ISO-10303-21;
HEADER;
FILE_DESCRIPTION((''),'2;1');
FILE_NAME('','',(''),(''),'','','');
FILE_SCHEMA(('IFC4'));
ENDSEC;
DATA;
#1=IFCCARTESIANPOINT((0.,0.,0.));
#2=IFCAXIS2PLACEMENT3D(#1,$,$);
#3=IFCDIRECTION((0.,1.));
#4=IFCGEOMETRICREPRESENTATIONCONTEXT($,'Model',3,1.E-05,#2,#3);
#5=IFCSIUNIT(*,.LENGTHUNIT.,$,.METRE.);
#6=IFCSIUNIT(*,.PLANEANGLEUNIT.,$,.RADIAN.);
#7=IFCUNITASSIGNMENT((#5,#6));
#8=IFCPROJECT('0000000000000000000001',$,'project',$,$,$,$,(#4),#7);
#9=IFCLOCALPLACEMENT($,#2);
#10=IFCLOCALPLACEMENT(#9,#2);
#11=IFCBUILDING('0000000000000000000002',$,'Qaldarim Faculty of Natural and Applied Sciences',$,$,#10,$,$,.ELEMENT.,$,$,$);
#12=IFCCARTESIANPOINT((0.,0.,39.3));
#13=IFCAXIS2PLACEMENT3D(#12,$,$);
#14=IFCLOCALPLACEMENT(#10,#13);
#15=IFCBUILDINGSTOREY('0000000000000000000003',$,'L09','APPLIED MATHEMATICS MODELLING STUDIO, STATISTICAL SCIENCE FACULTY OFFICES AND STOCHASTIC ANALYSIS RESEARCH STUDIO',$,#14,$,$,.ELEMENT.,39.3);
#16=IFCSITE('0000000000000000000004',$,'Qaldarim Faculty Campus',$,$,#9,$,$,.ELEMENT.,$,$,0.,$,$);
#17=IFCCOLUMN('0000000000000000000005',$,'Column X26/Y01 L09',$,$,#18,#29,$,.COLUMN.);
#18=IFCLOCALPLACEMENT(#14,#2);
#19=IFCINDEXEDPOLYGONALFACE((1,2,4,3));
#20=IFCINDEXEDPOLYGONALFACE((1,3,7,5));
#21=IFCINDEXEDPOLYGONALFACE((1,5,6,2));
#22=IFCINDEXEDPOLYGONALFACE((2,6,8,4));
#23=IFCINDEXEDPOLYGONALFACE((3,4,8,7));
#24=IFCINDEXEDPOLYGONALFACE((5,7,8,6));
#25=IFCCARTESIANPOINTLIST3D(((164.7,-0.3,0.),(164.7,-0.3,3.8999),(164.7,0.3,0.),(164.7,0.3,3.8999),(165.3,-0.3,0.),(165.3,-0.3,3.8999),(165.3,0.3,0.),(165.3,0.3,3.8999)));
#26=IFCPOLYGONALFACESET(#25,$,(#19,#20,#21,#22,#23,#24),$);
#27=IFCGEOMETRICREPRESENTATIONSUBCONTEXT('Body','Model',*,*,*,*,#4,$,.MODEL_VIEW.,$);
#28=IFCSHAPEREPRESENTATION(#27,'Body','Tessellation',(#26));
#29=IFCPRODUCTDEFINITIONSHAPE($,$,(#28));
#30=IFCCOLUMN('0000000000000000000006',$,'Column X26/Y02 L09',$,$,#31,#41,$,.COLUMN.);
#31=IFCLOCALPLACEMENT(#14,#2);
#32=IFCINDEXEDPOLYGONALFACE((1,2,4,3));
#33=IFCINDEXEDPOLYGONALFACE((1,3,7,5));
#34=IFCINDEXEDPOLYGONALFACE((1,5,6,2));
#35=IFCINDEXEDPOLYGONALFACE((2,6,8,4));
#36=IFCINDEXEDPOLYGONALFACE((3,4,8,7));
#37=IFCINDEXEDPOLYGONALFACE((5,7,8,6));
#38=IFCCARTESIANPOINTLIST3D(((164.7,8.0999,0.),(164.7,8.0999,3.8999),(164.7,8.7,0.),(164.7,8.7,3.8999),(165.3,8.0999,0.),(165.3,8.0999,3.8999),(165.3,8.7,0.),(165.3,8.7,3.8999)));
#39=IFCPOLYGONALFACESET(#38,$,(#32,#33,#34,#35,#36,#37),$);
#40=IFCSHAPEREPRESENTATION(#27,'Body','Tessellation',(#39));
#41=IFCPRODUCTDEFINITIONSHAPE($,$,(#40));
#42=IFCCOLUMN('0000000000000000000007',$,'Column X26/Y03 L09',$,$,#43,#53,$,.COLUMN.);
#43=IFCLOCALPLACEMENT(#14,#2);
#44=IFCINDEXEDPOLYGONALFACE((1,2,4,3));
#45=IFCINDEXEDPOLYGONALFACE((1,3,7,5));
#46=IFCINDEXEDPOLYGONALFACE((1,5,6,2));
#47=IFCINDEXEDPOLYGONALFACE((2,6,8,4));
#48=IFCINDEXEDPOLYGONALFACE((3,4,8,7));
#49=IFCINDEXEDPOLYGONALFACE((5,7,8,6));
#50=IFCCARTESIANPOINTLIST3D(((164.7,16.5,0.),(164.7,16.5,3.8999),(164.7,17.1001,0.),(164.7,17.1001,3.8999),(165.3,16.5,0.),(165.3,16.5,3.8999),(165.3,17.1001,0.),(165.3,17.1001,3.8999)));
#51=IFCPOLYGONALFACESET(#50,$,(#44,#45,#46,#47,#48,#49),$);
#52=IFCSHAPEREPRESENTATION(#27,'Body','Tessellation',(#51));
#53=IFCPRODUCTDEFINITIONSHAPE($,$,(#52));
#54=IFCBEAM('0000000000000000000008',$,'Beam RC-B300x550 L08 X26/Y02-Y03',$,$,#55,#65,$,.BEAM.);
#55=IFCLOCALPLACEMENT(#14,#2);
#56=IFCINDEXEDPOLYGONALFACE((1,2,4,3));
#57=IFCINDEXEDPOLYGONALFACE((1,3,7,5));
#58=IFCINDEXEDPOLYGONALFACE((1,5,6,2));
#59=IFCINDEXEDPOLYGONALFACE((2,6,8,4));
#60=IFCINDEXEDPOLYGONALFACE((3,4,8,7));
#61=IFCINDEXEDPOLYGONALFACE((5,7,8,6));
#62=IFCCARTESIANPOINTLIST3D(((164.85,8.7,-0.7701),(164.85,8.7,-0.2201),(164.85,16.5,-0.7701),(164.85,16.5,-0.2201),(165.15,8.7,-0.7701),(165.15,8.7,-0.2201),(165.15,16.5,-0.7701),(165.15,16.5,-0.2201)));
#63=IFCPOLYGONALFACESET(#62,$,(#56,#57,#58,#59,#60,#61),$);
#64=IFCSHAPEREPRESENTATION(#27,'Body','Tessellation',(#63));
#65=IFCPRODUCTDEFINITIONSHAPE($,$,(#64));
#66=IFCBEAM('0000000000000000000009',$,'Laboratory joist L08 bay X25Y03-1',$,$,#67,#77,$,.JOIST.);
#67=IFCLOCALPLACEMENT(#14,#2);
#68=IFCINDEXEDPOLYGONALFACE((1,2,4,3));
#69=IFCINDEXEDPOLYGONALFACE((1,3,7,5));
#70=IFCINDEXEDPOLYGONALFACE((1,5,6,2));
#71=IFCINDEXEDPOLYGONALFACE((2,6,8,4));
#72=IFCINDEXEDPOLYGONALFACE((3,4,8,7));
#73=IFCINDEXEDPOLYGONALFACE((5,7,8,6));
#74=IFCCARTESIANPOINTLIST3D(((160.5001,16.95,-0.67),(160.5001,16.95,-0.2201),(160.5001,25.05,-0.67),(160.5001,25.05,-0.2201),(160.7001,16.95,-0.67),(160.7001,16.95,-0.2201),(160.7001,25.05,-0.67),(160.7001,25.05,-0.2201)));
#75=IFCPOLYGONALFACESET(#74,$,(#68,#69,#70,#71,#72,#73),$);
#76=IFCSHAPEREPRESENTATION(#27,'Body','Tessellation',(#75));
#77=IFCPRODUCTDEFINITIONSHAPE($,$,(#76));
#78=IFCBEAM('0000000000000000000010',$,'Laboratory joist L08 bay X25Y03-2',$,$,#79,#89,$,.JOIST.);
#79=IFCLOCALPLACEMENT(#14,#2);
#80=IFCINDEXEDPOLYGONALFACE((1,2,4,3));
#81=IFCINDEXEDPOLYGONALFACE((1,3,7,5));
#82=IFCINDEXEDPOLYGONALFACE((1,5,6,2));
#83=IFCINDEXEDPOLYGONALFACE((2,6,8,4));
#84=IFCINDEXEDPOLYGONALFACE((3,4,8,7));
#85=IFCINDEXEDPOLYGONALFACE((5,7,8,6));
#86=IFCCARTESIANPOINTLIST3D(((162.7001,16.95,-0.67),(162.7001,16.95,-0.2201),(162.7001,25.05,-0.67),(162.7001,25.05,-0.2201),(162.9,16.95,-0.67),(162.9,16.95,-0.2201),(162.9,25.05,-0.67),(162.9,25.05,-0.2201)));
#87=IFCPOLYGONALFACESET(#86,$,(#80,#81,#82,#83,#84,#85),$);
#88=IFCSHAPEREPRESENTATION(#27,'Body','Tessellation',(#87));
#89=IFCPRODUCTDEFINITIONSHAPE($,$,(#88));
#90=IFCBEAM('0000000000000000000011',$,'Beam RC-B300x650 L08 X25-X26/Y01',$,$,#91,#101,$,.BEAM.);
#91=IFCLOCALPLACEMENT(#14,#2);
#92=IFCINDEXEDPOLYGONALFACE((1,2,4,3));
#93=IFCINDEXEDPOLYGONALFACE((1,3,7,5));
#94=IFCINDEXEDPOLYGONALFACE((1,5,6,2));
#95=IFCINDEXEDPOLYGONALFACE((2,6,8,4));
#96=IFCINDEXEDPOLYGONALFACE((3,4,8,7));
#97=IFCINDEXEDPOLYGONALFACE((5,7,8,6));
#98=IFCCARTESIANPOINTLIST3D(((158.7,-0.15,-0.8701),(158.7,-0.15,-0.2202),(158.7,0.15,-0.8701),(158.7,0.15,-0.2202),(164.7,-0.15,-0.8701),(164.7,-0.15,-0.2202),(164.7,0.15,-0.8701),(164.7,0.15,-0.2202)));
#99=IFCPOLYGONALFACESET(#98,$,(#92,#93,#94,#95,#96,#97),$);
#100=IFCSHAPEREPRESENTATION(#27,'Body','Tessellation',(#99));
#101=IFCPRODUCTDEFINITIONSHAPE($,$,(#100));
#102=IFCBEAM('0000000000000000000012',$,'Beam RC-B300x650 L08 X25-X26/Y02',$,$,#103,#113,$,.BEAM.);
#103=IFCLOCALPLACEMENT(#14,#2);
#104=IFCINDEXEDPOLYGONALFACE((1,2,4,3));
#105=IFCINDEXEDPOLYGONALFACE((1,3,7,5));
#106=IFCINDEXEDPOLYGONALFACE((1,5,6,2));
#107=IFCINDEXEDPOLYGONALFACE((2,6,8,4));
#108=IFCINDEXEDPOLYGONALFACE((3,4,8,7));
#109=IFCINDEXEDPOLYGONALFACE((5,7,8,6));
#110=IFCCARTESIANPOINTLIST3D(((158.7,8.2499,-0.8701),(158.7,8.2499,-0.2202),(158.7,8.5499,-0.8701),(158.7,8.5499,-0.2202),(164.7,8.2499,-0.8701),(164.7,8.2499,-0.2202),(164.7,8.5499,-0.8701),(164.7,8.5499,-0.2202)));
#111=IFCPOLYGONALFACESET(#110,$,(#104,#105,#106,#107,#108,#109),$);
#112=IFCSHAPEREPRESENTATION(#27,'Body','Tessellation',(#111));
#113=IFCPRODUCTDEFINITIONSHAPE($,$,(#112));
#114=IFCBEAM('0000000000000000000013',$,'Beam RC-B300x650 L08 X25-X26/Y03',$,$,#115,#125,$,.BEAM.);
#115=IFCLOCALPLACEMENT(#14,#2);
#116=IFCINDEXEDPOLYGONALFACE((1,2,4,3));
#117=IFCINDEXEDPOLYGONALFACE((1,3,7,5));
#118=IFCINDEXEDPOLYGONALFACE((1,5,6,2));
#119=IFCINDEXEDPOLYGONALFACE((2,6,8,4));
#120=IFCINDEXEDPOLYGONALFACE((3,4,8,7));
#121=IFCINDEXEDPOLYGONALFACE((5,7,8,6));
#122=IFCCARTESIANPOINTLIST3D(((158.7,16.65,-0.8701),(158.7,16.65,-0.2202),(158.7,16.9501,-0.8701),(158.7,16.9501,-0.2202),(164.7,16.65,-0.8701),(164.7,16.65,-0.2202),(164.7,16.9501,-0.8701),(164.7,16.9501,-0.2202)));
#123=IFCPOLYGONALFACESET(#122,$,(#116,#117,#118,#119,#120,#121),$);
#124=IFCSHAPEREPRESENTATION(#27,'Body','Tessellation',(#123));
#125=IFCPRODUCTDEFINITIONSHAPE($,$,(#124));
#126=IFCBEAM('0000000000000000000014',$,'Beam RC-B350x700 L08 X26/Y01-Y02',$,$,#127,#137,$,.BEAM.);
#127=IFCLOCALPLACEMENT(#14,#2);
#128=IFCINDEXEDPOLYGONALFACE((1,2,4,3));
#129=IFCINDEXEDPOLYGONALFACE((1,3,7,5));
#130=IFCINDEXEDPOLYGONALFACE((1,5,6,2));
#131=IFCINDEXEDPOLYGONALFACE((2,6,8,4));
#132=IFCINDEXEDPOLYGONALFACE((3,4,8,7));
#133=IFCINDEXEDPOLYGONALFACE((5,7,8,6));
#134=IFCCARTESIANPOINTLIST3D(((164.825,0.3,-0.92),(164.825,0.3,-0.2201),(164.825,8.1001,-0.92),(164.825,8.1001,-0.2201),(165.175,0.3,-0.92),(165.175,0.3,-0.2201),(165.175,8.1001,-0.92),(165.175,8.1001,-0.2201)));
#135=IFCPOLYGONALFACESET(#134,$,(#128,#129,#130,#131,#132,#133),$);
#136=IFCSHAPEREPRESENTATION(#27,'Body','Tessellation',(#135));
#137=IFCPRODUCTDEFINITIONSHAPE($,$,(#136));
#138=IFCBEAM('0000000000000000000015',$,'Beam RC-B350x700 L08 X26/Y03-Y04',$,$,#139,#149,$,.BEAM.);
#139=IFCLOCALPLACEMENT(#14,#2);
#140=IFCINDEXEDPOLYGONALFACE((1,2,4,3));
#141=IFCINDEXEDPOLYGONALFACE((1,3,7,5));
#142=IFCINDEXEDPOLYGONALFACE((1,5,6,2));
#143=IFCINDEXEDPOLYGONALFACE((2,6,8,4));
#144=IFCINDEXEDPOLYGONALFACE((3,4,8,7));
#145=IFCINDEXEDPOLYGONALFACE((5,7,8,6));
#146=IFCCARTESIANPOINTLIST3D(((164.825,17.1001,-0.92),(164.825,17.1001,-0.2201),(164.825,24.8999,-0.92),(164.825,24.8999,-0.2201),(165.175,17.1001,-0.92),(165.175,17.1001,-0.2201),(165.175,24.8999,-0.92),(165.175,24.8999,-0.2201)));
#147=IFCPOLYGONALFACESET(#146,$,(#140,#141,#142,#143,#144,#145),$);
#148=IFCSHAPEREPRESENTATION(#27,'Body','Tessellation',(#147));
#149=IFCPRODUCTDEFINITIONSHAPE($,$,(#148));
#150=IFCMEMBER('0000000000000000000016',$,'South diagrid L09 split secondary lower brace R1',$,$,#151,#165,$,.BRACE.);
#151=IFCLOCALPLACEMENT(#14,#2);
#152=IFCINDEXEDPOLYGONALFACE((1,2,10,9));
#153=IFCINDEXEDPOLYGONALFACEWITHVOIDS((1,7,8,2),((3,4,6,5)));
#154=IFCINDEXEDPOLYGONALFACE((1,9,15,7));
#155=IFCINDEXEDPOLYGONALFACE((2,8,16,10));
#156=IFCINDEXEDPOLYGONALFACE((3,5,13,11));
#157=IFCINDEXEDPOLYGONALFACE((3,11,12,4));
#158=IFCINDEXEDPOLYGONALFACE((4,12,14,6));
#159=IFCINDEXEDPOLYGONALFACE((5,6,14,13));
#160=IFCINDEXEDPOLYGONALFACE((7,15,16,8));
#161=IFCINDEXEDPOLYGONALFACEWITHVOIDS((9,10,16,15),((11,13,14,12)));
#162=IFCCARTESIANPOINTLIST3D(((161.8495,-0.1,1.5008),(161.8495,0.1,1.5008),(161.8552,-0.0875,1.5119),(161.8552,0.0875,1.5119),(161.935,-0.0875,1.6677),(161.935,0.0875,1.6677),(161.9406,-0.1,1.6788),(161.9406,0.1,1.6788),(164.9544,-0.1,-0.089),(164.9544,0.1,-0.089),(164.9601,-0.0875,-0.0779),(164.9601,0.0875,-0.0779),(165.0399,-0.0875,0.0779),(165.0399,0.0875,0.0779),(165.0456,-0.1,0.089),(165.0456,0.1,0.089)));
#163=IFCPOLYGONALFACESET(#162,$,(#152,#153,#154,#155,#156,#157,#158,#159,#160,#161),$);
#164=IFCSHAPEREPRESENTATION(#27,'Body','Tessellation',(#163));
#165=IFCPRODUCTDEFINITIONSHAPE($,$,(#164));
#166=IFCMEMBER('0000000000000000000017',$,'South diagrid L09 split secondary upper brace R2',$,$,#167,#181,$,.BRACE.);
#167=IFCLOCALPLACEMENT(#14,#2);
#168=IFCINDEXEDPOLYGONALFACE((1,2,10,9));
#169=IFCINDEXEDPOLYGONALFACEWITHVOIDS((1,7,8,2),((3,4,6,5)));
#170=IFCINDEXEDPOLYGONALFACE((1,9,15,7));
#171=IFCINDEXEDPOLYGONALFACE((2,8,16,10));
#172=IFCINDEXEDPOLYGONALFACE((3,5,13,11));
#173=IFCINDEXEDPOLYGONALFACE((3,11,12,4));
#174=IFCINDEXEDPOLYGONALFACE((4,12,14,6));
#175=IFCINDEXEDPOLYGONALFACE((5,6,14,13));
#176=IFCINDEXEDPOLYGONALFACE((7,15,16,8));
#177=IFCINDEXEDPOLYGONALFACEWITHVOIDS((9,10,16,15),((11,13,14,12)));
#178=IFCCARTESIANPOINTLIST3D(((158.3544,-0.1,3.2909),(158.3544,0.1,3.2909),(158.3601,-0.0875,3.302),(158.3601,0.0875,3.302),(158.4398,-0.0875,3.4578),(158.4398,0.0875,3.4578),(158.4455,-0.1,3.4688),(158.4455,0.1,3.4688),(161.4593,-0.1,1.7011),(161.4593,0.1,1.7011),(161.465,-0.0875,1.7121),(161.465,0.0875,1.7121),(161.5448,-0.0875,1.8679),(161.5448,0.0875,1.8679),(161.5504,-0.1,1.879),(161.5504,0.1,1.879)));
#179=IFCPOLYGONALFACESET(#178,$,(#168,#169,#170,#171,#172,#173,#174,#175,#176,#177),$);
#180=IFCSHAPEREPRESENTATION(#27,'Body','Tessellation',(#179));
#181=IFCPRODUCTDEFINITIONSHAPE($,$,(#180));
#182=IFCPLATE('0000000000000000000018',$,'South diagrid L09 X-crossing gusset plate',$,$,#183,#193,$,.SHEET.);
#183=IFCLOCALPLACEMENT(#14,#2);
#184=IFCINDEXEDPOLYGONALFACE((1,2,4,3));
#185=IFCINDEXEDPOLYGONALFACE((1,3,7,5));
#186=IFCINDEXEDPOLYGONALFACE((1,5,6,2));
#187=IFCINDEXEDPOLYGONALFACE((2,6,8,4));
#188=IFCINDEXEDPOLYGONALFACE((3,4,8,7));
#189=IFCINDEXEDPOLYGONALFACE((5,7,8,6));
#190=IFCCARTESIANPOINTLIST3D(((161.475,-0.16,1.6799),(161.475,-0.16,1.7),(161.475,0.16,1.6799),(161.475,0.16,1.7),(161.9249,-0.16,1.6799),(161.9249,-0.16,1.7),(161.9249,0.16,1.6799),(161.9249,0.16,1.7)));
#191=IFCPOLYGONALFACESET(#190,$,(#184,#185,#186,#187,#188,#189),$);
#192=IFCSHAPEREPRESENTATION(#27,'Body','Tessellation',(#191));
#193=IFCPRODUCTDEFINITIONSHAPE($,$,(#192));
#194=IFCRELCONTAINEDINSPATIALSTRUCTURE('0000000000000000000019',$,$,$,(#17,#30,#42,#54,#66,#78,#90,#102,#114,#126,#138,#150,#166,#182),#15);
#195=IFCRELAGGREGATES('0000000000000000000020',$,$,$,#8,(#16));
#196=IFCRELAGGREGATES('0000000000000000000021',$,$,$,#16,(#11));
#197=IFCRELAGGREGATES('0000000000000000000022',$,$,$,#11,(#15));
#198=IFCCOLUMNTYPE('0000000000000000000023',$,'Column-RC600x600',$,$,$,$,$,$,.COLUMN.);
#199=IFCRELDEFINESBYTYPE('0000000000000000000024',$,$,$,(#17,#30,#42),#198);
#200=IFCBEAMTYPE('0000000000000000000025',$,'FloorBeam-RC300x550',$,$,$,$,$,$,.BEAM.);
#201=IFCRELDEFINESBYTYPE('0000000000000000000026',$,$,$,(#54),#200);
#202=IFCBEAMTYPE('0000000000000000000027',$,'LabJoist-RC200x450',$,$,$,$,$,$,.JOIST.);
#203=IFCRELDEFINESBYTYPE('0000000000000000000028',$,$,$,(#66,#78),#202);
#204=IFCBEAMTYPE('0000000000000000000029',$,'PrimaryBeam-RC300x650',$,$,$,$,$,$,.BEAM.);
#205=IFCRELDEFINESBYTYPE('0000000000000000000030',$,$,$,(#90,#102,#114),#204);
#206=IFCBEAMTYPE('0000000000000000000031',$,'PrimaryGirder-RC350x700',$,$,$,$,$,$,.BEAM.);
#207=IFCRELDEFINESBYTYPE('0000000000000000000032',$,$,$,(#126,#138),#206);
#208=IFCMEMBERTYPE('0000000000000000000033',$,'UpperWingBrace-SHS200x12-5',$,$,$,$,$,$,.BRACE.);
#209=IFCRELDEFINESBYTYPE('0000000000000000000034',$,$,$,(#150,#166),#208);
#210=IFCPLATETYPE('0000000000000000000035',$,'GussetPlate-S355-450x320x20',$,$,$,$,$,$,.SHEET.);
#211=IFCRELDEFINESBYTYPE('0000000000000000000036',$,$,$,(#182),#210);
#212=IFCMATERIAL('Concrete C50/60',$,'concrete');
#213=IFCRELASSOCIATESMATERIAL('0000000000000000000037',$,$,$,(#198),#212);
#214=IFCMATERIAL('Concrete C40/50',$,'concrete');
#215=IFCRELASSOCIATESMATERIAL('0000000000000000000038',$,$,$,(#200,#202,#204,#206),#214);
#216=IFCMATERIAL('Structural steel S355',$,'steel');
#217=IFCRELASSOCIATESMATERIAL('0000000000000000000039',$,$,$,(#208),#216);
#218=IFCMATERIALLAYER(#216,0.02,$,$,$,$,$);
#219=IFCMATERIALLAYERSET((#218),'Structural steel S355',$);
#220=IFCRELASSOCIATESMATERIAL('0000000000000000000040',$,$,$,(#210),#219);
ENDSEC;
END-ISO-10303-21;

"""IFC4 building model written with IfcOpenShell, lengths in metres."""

from ifc_helpers import new_model, si_unit, direction, frame, origin, origin_2d, place, context, subcontext, project, spatial, rectangle, hollow_rectangle, extrude, material, layer, layer_set, material_profile, profile_set, type_object, element, save


model = new_model("IFC4")

# Units and contexts
model_context = context("Model", 3, precision=1e-05, world=origin(), true_north=direction((0.0, 1.0)))
body_context = subcontext(model_context, "Body", "Model", "MODEL_VIEW")
ifc_project = project(units=[si_unit("LENGTHUNIT", "METRE"), si_unit("PLANEANGLEUNIT", "RADIAN")], contexts=[model_context])

# Site, building, storey
site_placement = place(None, origin())
site = spatial("IfcSite", under=ifc_project, at=site_placement, Name="Qaldarim Faculty Campus", CompositionType="ELEMENT", RefElevation=0.0)
building_placement = place(site_placement, origin())
building = spatial("IfcBuilding", under=site, at=building_placement, Name="Qaldarim Faculty of Natural and Applied Sciences", CompositionType="ELEMENT")
storey_placement = place(building_placement, frame((0.0, 0.0, 39.3)))
storey = spatial("IfcBuildingStorey", under=building, at=storey_placement, Name="L09", Description="APPLIED MATHEMATICS MODELLING STUDIO, STATISTICAL SCIENCE FACULTY OFFICES AND STOCHASTIC ANALYSIS RESEARCH STUDIO", CompositionType="ELEMENT", Elevation=39.3)

# Columns
ifc_material_1 = material(Name="Concrete C50/60", Category="concrete")
ifc_material_profile_1 = material_profile(ifc_material_1, rectangle(XDim=0.6001, YDim=0.6001, at=origin_2d()), Name="RC-C600x600")
ifc_profile_set_1 = profile_set([ifc_material_profile_1], Name="Concrete C50/60")
column_type = type_object("IfcColumnType", Name="Column-RC600x600", PredefinedType="COLUMN", material=ifc_profile_set_1)
for number, where, z_axis, x_axis, name in (
    (1, (165.0, 0.0, 0.0), (0.0, 0.0, 1.0), (1.0, 0.0, 0.0), "Column X26/Y01 L09"),
    (2, (165.0, 8.3999, 0.0), (0.0, 0.0, 1.0), (1.0, 0.0, 0.0), "Column X26/Y02 L09"),
    (3, (165.0, 16.8, 0.0), (0.0, 0.0, 1.0), (1.0, 0.0, 0.0), "Column X26/Y03 L09"),
):
    element("IfcColumn", number, at=place(storey_placement, frame(where, z_axis=z_axis, x_axis=x_axis)), inside=storey, type_object=column_type, Name=name, PredefinedType="COLUMN", context=body_context, shape_type="SweptSolid", body=[
        extrude(rectangle(XDim=0.6001, YDim=0.6001, at=origin_2d()), origin(), (0.0, 0.0, 1.0), 3.8999),
    ])

# Beams
ifc_material_2 = material(Name="Concrete C40/50", Category="concrete")
ifc_material_profile_2 = material_profile(ifc_material_2, rectangle(XDim=0.3, YDim=0.55, at=origin_2d()), Name="RC-B300x550")
ifc_profile_set_2 = profile_set([ifc_material_profile_2], Name="Concrete C40/50")
beam_type_1 = type_object("IfcBeamType", Name="FloorBeam-RC300x550", PredefinedType="BEAM", material=ifc_profile_set_2)
beam_1_placement = place(storey_placement, frame((165.0, 8.7, -0.4951), z_axis=(0.0, 1.0, 0.0), x_axis=(-1.0, 0.0, 0.0)))
element("IfcBeam", 4, at=beam_1_placement, inside=storey, type_object=beam_type_1, Name="Beam RC-B300x550 L08 X26/Y02-Y03", PredefinedType="BEAM", context=body_context, shape_type="SweptSolid", body=[
    extrude(rectangle(XDim=0.3, YDim=0.55, at=origin_2d()), origin(), (0.0, 0.0, 1.0), 7.8),
])
ifc_material_profile_3 = material_profile(ifc_material_2, rectangle(XDim=0.2, YDim=0.45, at=origin_2d()), Name="RC-J200x450")
ifc_profile_set_3 = profile_set([ifc_material_profile_3], Name="Concrete C40/50")
beam_type_2 = type_object("IfcBeamType", Name="LabJoist-RC200x450", PredefinedType="JOIST", material=ifc_profile_set_3)
for number, where, z_axis, x_axis, name in (
    (5, (160.6001, 16.95, -0.4451), (0.0, 1.0, 0.0), (-1.0, 0.0, 0.0), "Laboratory joist L08 bay X25Y03-1"),
    (6, (162.8, 16.95, -0.4451), (0.0, 1.0, 0.0), (-1.0, 0.0, 0.0), "Laboratory joist L08 bay X25Y03-2"),
):
    element("IfcBeam", number, at=place(storey_placement, frame(where, z_axis=z_axis, x_axis=x_axis)), inside=storey, type_object=beam_type_2, Name=name, PredefinedType="JOIST", context=body_context, shape_type="SweptSolid", body=[
        extrude(rectangle(XDim=0.2, YDim=0.45, at=origin_2d()), origin(), (0.0, 0.0, 1.0), 8.1001),
    ])
ifc_material_profile_4 = material_profile(ifc_material_2, rectangle(XDim=0.3, YDim=0.6499, at=origin_2d()), Name="RC-B300x650")
ifc_profile_set_4 = profile_set([ifc_material_profile_4], Name="Concrete C40/50")
beam_type_3 = type_object("IfcBeamType", Name="PrimaryBeam-RC300x650", PredefinedType="BEAM", material=ifc_profile_set_4)
for number, where, z_axis, x_axis, name in (
    (7, (158.7, 0.0, -0.5452), (1.0, 0.0, 0.0), (0.0, 1.0, 0.0), "Beam RC-B300x650 L08 X25-X26/Y01"),
    (8, (158.7, 8.3999, -0.5452), (1.0, 0.0, 0.0), (0.0, 1.0, 0.0), "Beam RC-B300x650 L08 X25-X26/Y02"),
    (9, (158.7, 16.8, -0.5452), (1.0, 0.0, 0.0), (0.0, 1.0, 0.0), "Beam RC-B300x650 L08 X25-X26/Y03"),
):
    element("IfcBeam", number, at=place(storey_placement, frame(where, z_axis=z_axis, x_axis=x_axis)), inside=storey, type_object=beam_type_3, Name=name, PredefinedType="BEAM", context=body_context, shape_type="SweptSolid", body=[
        extrude(rectangle(XDim=0.3, YDim=0.6499, at=origin_2d()), origin(), (0.0, 0.0, 1.0), 6.0),
    ])
ifc_material_profile_5 = material_profile(ifc_material_2, rectangle(XDim=0.3501, YDim=0.7, at=origin_2d()), Name="RC-B350x700")
ifc_profile_set_5 = profile_set([ifc_material_profile_5], Name="Concrete C40/50")
beam_type_4 = type_object("IfcBeamType", Name="PrimaryGirder-RC350x700", PredefinedType="BEAM", material=ifc_profile_set_5)
beam_2_placement = place(storey_placement, frame((165.0, 0.3, -0.5701), z_axis=(0.0, 1.0, 0.0), x_axis=(-1.0, 0.0, 0.0)))
element("IfcBeam", 10, at=beam_2_placement, inside=storey, type_object=beam_type_4, Name="Beam RC-B350x700 L08 X26/Y01-Y02", PredefinedType="BEAM", context=body_context, shape_type="SweptSolid", body=[
    extrude(rectangle(XDim=0.3501, YDim=0.7, at=origin_2d()), origin(), (0.0, 0.0, 1.0), 7.8),
])
beam_3_placement = place(storey_placement, frame((165.0, 17.1001, -0.5701), z_axis=(0.0, 1.0, 0.0), x_axis=(-1.0, 0.0, 0.0)))
element("IfcBeam", 11, at=beam_3_placement, inside=storey, type_object=beam_type_4, Name="Beam RC-B350x700 L08 X26/Y03-Y04", PredefinedType="BEAM", context=body_context, shape_type="SweptSolid", body=[
    extrude(rectangle(XDim=0.3501, YDim=0.7, at=origin_2d()), origin(), (0.0, 0.0, 1.0), 7.7998),
])

# Members
ifc_material_3 = material(Name="Structural steel S355", Category="steel")
ifc_material_profile_6 = material_profile(ifc_material_3, hollow_rectangle(XDim=0.2, YDim=0.2, WallThickness=0.0125, at=origin_2d()), Name="SHS 200x200x12.5")
ifc_profile_set_6 = profile_set([ifc_material_profile_6], Name="Structural steel S355")
member_type = type_object("IfcMemberType", Name="UpperWingBrace-SHS200x12-5", PredefinedType="BRACE", material=ifc_profile_set_6)
for number, where, z_axis, x_axis, name in (
    (12, (165.0, 0.0, 0.0), (-0.890103, 0.0, 0.45576), (0.0, -1.0, 0.0), "South diagrid L09 split secondary lower brace R1"),
    (13, (161.5049, 0.0, 1.79), (-0.890103, 0.0, 0.45576), (0.0, -1.0, 0.0), "South diagrid L09 split secondary upper brace R2"),
):
    element("IfcMember", number, at=place(storey_placement, frame(where, z_axis=z_axis, x_axis=x_axis)), inside=storey, type_object=member_type, Name=name, PredefinedType="BRACE", context=body_context, shape_type="SweptSolid", body=[
        extrude(hollow_rectangle(XDim=0.2, YDim=0.2, WallThickness=0.0125, at=origin_2d()), origin(), (0.0, 0.0, 1.0), 3.4883),
    ])

# Plate
ifc_layer_1 = layer(ifc_material_3, 0.02)
ifc_layer_set_1 = layer_set([ifc_layer_1], Name="Structural steel S355")
plate_type = type_object("IfcPlateType", Name="GussetPlate-S355-450x320x20", PredefinedType="SHEET", material=ifc_layer_set_1)
for number, where, z_axis, x_axis, name in (
    (14, (161.7, 0.0, 1.6799), (0.0, 0.0, 1.0), (1.0, 0.0, 0.0), "South diagrid L09 X-crossing gusset plate"),
):
    element("IfcPlate", number, at=place(storey_placement, frame(where, z_axis=z_axis, x_axis=x_axis)), inside=storey, type_object=plate_type, Name=name, PredefinedType="SHEET", context=body_context, shape_type="SweptSolid", body=[
        extrude(rectangle(XDim=0.45, YDim=0.3201, at=origin_2d()), origin(), (0.0, 0.0, 1.0), 0.02),
    ])

save(model, "model.ifc")
